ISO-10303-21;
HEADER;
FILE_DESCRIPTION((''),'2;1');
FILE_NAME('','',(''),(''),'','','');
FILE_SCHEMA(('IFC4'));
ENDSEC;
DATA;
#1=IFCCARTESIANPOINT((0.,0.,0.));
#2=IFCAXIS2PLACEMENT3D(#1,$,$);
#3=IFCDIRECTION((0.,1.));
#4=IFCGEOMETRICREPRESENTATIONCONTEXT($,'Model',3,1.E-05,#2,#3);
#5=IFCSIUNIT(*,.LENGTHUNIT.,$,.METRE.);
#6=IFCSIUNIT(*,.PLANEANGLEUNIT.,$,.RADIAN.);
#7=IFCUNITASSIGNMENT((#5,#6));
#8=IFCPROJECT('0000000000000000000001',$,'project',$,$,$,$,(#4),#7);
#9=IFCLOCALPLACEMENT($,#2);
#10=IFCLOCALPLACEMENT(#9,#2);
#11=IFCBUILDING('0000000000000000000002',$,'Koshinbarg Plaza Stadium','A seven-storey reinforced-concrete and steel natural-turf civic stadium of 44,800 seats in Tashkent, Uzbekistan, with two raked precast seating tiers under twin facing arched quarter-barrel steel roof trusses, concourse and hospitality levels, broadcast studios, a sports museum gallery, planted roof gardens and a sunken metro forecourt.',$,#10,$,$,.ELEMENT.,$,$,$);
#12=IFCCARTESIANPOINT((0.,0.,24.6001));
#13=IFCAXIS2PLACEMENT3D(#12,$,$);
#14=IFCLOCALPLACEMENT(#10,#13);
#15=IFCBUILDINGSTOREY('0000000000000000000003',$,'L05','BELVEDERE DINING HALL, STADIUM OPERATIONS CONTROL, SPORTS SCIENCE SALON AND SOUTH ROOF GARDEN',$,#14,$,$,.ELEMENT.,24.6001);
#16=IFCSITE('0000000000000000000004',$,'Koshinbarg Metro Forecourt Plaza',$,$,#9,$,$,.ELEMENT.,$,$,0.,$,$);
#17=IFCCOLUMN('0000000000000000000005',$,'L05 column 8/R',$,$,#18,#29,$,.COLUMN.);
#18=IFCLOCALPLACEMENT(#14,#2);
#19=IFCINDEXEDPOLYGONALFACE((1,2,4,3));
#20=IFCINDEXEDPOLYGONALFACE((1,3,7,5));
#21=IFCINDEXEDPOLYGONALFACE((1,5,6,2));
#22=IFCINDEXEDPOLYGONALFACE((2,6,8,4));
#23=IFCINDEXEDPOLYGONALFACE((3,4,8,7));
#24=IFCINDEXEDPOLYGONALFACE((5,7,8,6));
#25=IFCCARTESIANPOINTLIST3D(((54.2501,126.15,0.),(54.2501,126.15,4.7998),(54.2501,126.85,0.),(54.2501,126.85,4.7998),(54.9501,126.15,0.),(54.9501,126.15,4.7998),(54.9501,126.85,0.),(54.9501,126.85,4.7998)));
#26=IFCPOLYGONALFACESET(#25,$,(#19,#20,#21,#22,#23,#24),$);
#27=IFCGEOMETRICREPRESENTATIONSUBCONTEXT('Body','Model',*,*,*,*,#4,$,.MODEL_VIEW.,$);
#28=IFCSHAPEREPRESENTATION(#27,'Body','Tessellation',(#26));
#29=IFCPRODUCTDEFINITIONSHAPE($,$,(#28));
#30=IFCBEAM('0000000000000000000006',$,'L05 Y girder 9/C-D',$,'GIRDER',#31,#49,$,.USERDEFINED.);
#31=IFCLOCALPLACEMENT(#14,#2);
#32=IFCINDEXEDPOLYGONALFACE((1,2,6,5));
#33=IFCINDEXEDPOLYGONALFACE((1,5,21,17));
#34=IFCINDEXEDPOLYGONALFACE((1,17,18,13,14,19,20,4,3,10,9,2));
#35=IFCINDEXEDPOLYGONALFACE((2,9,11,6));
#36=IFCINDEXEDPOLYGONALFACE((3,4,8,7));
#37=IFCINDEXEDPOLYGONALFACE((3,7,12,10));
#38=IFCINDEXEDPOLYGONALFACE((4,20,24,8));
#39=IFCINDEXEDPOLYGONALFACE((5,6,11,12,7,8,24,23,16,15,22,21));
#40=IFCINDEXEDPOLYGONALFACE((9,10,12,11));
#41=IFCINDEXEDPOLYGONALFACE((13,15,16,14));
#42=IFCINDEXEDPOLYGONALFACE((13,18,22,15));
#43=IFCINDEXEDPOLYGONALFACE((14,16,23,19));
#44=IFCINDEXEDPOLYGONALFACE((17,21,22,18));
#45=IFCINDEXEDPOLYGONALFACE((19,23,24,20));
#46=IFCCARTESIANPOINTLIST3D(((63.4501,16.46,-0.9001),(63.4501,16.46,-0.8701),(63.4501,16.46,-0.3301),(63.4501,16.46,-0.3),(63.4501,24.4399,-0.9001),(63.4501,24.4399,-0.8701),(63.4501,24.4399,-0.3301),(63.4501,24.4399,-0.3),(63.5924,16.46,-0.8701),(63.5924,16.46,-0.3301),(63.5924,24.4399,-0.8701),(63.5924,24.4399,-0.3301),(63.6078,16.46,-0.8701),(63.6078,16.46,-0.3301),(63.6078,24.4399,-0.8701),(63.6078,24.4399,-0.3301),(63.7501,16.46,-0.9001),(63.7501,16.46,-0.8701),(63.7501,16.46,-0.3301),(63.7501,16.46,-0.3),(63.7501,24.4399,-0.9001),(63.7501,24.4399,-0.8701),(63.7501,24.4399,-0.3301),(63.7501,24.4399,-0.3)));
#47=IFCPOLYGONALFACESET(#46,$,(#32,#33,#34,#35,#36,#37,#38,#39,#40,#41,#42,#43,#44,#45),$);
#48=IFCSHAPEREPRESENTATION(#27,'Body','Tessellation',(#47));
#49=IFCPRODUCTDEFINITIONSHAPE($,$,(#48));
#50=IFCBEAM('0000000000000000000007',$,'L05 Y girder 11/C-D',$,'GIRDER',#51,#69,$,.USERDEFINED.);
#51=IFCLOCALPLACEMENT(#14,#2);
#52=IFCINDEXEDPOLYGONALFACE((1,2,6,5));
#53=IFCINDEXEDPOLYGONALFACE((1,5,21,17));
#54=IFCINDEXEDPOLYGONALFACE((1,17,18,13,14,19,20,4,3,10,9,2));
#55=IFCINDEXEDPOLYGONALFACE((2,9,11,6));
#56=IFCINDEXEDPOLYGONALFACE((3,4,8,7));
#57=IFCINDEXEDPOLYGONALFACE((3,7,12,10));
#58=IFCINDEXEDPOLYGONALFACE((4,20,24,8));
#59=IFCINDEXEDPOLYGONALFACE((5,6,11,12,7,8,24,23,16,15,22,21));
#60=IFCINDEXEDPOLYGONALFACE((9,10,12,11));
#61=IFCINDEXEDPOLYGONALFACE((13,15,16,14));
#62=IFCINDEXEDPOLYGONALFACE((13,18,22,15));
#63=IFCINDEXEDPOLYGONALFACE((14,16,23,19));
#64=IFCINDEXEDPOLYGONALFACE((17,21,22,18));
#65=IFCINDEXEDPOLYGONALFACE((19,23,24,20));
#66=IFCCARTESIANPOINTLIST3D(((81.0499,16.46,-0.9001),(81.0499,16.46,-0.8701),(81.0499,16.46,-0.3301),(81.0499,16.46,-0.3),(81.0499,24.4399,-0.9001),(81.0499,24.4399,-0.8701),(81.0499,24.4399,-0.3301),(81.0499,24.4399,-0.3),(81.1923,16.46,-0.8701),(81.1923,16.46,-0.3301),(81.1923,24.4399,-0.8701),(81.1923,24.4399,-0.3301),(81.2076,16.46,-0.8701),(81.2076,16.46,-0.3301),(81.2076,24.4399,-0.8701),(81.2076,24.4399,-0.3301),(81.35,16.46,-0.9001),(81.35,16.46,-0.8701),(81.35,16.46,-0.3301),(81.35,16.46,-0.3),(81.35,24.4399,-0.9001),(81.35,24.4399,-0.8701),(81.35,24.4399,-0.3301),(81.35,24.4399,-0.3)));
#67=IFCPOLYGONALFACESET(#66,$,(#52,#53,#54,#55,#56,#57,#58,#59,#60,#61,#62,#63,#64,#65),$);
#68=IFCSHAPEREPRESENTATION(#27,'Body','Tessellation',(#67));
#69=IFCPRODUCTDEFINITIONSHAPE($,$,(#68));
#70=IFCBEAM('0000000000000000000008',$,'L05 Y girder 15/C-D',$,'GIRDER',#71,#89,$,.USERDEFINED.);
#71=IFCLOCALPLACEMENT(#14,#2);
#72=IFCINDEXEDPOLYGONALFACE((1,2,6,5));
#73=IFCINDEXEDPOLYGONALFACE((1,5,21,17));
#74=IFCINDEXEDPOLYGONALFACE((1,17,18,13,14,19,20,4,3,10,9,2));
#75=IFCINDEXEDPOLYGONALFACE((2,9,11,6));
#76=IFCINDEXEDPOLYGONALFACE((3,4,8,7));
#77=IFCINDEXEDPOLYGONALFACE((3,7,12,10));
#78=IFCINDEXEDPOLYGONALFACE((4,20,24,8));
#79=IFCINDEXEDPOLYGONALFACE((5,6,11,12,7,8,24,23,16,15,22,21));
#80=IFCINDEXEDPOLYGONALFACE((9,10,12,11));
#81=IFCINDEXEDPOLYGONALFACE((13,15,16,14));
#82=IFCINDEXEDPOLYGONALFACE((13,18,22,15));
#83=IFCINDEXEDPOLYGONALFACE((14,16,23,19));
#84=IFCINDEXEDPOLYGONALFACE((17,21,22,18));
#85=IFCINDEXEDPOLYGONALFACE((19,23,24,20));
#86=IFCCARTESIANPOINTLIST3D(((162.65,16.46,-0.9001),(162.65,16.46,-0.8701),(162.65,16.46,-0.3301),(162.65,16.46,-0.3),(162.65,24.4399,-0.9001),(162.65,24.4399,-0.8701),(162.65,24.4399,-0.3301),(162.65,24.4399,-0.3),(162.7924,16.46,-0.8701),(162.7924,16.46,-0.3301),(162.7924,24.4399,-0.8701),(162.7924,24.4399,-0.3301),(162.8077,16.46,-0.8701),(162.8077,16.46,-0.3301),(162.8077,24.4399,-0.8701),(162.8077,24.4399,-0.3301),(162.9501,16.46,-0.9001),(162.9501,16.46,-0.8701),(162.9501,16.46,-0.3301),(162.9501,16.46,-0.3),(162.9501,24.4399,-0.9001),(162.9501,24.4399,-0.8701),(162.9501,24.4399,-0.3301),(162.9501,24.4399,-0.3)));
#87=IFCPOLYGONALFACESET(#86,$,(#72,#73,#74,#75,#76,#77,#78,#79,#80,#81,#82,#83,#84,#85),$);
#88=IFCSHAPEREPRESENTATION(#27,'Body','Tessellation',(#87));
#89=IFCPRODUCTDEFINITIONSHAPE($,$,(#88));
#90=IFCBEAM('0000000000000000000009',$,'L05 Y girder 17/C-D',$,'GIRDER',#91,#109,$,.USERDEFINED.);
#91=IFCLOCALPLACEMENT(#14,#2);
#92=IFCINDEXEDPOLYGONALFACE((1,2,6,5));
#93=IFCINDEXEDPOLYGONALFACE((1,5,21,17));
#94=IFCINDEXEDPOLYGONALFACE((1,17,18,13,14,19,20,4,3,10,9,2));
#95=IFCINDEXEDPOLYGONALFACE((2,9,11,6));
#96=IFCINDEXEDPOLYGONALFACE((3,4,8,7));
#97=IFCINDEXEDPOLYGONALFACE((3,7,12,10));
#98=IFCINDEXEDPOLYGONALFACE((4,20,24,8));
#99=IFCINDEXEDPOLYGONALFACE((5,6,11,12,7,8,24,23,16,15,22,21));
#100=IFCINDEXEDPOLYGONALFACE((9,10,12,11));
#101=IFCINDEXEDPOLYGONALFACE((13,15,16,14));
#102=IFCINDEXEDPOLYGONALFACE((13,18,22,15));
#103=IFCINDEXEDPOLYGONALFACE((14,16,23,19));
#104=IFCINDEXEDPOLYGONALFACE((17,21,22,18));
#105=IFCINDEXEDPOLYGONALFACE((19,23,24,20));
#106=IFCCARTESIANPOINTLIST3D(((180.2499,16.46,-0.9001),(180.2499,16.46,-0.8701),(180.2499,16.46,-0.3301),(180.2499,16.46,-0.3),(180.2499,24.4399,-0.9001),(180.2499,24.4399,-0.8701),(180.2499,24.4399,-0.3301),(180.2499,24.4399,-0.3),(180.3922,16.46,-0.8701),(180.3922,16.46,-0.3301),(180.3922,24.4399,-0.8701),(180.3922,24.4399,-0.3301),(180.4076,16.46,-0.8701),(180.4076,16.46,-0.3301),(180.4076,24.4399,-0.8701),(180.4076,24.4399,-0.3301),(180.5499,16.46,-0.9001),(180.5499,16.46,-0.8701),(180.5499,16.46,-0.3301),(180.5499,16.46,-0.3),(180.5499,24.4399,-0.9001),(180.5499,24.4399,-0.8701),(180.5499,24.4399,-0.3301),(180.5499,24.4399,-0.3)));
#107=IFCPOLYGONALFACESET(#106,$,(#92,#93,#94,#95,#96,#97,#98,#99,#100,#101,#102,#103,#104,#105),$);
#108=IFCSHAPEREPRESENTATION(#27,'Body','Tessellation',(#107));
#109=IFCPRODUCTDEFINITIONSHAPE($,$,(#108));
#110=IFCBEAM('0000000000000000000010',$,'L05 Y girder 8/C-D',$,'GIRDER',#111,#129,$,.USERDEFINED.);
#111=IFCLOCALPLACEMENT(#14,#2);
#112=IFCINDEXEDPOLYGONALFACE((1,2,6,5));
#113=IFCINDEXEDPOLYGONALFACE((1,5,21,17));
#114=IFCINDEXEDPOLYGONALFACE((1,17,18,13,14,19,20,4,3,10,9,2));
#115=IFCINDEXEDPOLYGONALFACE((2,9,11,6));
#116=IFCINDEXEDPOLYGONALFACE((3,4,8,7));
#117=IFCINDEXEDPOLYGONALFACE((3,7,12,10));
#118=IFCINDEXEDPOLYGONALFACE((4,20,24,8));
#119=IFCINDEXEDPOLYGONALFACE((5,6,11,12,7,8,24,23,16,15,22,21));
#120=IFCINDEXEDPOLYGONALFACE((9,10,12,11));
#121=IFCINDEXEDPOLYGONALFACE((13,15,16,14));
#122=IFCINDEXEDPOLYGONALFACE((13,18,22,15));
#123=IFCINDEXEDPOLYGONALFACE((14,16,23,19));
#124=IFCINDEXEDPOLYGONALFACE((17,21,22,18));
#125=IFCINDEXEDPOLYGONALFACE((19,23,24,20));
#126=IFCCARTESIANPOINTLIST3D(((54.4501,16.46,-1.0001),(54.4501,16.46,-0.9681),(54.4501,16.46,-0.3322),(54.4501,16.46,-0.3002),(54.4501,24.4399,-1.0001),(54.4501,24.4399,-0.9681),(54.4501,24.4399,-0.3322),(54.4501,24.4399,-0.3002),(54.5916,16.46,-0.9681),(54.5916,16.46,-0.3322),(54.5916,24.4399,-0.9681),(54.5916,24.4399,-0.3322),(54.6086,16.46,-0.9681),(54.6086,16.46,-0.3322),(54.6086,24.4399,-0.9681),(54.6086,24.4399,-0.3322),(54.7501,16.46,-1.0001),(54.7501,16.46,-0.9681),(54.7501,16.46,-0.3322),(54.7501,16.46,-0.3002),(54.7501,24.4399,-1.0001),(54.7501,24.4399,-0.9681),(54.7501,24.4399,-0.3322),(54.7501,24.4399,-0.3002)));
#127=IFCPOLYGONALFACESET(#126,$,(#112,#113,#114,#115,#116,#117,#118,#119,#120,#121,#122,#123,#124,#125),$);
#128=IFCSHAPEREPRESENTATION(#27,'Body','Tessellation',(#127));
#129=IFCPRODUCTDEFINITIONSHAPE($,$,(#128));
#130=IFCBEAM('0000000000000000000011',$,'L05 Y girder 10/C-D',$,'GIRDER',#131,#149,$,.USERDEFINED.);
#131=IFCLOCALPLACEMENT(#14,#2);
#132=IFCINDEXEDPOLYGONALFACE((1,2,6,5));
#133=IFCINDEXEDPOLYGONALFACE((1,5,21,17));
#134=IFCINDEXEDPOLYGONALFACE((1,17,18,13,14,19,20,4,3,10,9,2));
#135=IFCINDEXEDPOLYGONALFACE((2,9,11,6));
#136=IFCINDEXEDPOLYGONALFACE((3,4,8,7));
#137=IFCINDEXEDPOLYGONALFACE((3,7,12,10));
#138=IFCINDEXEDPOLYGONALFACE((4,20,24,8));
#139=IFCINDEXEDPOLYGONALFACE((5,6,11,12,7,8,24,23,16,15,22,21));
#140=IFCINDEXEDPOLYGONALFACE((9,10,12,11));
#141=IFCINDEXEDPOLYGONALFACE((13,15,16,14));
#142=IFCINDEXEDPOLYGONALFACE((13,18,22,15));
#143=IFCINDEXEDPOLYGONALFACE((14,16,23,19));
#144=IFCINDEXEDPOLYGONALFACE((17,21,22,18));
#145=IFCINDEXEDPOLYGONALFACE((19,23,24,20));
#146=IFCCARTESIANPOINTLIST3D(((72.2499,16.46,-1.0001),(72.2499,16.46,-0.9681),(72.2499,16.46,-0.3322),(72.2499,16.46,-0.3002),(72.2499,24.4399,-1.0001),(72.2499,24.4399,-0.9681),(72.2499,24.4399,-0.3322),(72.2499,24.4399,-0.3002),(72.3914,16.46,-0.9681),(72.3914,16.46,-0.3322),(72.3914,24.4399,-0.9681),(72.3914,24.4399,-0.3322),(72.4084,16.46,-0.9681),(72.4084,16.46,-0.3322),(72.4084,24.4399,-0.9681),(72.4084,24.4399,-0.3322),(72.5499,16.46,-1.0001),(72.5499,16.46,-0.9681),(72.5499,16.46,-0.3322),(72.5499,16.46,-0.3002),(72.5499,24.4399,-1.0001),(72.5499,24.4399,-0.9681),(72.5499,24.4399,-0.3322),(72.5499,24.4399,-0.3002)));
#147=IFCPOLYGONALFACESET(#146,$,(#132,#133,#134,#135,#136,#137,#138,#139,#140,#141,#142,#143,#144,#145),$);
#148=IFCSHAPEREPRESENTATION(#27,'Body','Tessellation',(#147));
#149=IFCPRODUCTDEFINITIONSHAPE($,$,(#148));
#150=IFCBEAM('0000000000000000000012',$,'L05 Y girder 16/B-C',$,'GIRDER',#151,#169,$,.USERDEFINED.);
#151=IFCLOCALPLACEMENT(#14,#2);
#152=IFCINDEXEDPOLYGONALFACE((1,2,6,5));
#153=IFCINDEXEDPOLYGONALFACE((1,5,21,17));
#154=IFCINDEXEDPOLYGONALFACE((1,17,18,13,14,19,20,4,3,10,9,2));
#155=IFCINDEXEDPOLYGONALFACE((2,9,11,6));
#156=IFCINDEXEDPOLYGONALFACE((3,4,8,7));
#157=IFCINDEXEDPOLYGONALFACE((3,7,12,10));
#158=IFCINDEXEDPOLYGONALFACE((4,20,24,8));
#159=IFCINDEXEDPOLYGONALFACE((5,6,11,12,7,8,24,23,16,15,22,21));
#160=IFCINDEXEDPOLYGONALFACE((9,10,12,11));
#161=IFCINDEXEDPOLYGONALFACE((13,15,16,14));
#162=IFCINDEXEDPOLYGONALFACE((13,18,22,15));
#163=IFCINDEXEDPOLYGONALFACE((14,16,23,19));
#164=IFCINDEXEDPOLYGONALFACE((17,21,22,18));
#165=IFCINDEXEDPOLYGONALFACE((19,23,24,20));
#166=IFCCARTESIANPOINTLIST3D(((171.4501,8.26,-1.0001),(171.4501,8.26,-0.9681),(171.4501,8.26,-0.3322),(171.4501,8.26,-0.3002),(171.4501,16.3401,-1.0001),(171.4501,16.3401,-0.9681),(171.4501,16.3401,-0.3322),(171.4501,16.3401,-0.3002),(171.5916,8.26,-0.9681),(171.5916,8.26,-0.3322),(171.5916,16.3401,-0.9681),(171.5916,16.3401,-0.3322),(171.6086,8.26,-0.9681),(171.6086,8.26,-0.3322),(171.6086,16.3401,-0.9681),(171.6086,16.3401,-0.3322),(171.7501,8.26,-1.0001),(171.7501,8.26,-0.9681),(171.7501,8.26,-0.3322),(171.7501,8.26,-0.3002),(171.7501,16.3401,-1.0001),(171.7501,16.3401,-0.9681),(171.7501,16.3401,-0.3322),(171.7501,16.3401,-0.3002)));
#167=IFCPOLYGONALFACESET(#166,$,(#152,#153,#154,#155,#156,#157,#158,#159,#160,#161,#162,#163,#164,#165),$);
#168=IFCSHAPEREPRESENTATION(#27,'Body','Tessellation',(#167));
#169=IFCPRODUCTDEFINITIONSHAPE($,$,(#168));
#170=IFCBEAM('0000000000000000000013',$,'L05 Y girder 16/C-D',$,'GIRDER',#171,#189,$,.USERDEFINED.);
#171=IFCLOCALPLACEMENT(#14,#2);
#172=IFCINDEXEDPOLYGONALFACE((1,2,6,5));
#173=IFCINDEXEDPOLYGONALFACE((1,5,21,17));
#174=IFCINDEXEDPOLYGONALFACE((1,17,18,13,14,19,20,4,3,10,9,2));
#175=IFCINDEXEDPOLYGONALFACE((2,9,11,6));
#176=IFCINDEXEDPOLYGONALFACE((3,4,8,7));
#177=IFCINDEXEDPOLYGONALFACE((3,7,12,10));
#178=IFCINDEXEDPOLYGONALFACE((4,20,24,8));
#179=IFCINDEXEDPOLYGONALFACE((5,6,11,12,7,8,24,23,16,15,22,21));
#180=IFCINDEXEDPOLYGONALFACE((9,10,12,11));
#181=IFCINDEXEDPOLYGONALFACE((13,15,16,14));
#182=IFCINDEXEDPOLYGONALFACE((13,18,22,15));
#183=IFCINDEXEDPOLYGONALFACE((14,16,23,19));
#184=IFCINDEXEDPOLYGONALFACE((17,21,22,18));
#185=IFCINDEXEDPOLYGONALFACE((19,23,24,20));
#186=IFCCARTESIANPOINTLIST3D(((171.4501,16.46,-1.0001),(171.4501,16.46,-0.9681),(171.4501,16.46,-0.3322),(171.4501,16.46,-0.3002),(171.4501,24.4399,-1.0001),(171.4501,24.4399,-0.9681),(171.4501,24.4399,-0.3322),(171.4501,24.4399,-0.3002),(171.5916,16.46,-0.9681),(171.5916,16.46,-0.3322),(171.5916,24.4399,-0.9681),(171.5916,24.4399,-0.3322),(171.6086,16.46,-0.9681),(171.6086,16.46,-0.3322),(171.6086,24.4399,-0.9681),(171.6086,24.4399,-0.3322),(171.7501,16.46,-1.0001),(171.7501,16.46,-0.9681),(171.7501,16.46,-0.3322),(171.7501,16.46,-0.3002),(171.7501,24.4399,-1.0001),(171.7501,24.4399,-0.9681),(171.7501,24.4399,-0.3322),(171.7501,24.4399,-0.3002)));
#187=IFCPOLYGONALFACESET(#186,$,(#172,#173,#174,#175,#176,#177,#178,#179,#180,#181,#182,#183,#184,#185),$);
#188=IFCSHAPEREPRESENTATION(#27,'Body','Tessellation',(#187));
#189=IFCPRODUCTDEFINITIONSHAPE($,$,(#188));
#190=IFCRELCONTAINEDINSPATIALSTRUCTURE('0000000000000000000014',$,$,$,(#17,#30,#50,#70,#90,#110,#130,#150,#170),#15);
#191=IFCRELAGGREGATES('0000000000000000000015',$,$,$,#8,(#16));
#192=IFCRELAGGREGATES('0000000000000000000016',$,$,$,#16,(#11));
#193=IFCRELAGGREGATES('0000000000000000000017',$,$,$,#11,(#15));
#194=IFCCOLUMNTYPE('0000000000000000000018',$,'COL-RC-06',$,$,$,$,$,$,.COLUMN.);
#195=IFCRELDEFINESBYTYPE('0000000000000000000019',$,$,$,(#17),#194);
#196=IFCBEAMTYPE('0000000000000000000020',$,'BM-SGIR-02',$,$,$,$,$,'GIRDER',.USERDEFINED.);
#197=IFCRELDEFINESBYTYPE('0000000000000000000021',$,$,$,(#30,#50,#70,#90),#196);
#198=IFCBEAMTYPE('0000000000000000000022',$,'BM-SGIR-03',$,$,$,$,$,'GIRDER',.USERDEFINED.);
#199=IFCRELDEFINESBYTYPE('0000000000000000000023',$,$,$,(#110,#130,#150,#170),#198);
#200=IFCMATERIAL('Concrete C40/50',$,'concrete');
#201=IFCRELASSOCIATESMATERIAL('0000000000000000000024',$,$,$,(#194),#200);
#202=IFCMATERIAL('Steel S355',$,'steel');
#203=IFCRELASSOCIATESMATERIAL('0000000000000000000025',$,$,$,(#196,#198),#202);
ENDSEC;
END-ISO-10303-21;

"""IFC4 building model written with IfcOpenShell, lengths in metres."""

from ifc_helpers import new_model, si_unit, direction, frame, origin, origin_2d, place, context, subcontext, project, spatial, rectangle, i_section, extrude, material, material_profile, profile_set, type_object, element, save


model = new_model("IFC4")

# Units and contexts
model_context = context("Model", 3, precision=1e-05, world=origin(), true_north=direction((0.0, 1.0)))
body_context = subcontext(model_context, "Body", "Model", "MODEL_VIEW")
ifc_project = project(units=[si_unit("LENGTHUNIT", "METRE"), si_unit("PLANEANGLEUNIT", "RADIAN")], contexts=[model_context])

# Site, building, storey
site_placement = place(None, origin())
site = spatial("IfcSite", under=ifc_project, at=site_placement, Name="Koshinbarg Metro Forecourt Plaza", CompositionType="ELEMENT", RefElevation=0.0)
building_placement = place(site_placement, origin())
building = spatial("IfcBuilding", under=site, at=building_placement, Name="Koshinbarg Plaza Stadium", Description="A seven-storey reinforced-concrete and steel natural-turf civic stadium of 44,800 seats in Tashkent, Uzbekistan, with two raked precast seating tiers under twin facing arched quarter-barrel steel roof trusses, concourse and hospitality levels, broadcast studios, a sports museum gallery, planted roof gardens and a sunken metro forecourt.", CompositionType="ELEMENT")
storey_placement = place(building_placement, frame((0.0, 0.0, 24.6001)))
storey = spatial("IfcBuildingStorey", under=building, at=storey_placement, Name="L05", Description="BELVEDERE DINING HALL, STADIUM OPERATIONS CONTROL, SPORTS SCIENCE SALON AND SOUTH ROOF GARDEN", CompositionType="ELEMENT", Elevation=24.6001)

# Column
ifc_material_1 = material(Name="Concrete C40/50", Category="concrete")
ifc_material_profile_1 = material_profile(ifc_material_1, rectangle(XDim=0.7, YDim=0.7, at=origin_2d()), Name="RC 700x700")
ifc_profile_set_1 = profile_set([ifc_material_profile_1], Name="Concrete C40/50")
column_type = type_object("IfcColumnType", Name="COL-RC-06", PredefinedType="COLUMN", material=ifc_profile_set_1)
column_placement = place(storey_placement, frame((54.6001, 126.5, 0.0), z_axis=(0.0, 0.0, 1.0), x_axis=(1.0, 0.0, 0.0)))
element("IfcColumn", 1, at=column_placement, inside=storey, type_object=column_type, Name="L05 column 8/R", PredefinedType="COLUMN", context=body_context, shape_type="SweptSolid", body=[
    extrude(rectangle(XDim=0.7, YDim=0.7, at=origin_2d()), origin(), (0.0, 0.0, 1.0), 4.7998),
])

# Beams
ifc_material_2 = material(Name="Steel S355", Category="steel")
ifc_material_profile_2 = material_profile(ifc_material_2, i_section(OverallWidth=0.3, OverallDepth=0.6001, WebThickness=0.0154, FlangeThickness=0.03, at=origin_2d()), Name="HEB 600")
ifc_profile_set_2 = profile_set([ifc_material_profile_2], Name="Steel S355")
beam_type_1 = type_object("IfcBeamType", Name="BM-SGIR-02", ElementType="GIRDER", PredefinedType="USERDEFINED", material=ifc_profile_set_2)
for number, where, z_axis, x_axis, name in (
    (2, (63.6001, 16.46, -0.6001), (0.0, 1.0, 0.0), (-1.0, 0.0, 0.0), "L05 Y girder 9/C-D"),
    (3, (81.2, 16.46, -0.6001), (0.0, 1.0, 0.0), (-1.0, 0.0, 0.0), "L05 Y girder 11/C-D"),
    (4, (162.8, 16.46, -0.6001), (0.0, 1.0, 0.0), (-1.0, 0.0, 0.0), "L05 Y girder 15/C-D"),
    (5, (180.3999, 16.46, -0.6001), (0.0, 1.0, 0.0), (-1.0, 0.0, 0.0), "L05 Y girder 17/C-D"),
):
    element("IfcBeam", number, at=place(storey_placement, frame(where, z_axis=z_axis, x_axis=x_axis)), inside=storey, type_object=beam_type_1, Name=name, ObjectType="GIRDER", PredefinedType="USERDEFINED", context=body_context, shape_type="SweptSolid", body=[
        extrude(i_section(OverallWidth=0.3, OverallDepth=0.6001, WebThickness=0.0154, FlangeThickness=0.03, at=origin_2d()), origin(), (0.0, 0.0, 1.0), 7.98),
    ])
ifc_material_profile_3 = material_profile(ifc_material_2, i_section(OverallWidth=0.3, OverallDepth=0.7, WebThickness=0.0171, FlangeThickness=0.032, at=origin_2d()), Name="HEB 700")
ifc_profile_set_3 = profile_set([ifc_material_profile_3], Name="Steel S355")
beam_type_2 = type_object("IfcBeamType", Name="BM-SGIR-03", ElementType="GIRDER", PredefinedType="USERDEFINED", material=ifc_profile_set_3)
for number, where, z_axis, x_axis, name in (
    (6, (54.6001, 16.46, -0.6501), (0.0, 1.0, 0.0), (-1.0, 0.0, 0.0), "L05 Y girder 8/C-D"),
    (7, (72.3999, 16.46, -0.6501), (0.0, 1.0, 0.0), (-1.0, 0.0, 0.0), "L05 Y girder 10/C-D"),
):
    element("IfcBeam", number, at=place(storey_placement, frame(where, z_axis=z_axis, x_axis=x_axis)), inside=storey, type_object=beam_type_2, Name=name, ObjectType="GIRDER", PredefinedType="USERDEFINED", context=body_context, shape_type="SweptSolid", body=[
        extrude(i_section(OverallWidth=0.3, OverallDepth=0.7, WebThickness=0.0171, FlangeThickness=0.032, at=origin_2d()), origin(), (0.0, 0.0, 1.0), 7.98),
    ])
beam_1_placement = place(storey_placement, frame((171.6001, 8.26, -0.6501), z_axis=(0.0, 1.0, 0.0), x_axis=(-1.0, 0.0, 0.0)))
element("IfcBeam", 8, at=beam_1_placement, inside=storey, type_object=beam_type_2, Name="L05 Y girder 16/B-C", ObjectType="GIRDER", PredefinedType="USERDEFINED", context=body_context, shape_type="SweptSolid", body=[
    extrude(i_section(OverallWidth=0.3, OverallDepth=0.7, WebThickness=0.0171, FlangeThickness=0.032, at=origin_2d()), origin(), (0.0, 0.0, 1.0), 8.0801),
])
beam_2_placement = place(storey_placement, frame((171.6001, 16.46, -0.6501), z_axis=(0.0, 1.0, 0.0), x_axis=(-1.0, 0.0, 0.0)))
element("IfcBeam", 9, at=beam_2_placement, inside=storey, type_object=beam_type_2, Name="L05 Y girder 16/C-D", ObjectType="GIRDER", PredefinedType="USERDEFINED", context=body_context, shape_type="SweptSolid", body=[
    extrude(i_section(OverallWidth=0.3, OverallDepth=0.7, WebThickness=0.0171, FlangeThickness=0.032, at=origin_2d()), origin(), (0.0, 0.0, 1.0), 7.98),
])

save(model, "model.ifc")
